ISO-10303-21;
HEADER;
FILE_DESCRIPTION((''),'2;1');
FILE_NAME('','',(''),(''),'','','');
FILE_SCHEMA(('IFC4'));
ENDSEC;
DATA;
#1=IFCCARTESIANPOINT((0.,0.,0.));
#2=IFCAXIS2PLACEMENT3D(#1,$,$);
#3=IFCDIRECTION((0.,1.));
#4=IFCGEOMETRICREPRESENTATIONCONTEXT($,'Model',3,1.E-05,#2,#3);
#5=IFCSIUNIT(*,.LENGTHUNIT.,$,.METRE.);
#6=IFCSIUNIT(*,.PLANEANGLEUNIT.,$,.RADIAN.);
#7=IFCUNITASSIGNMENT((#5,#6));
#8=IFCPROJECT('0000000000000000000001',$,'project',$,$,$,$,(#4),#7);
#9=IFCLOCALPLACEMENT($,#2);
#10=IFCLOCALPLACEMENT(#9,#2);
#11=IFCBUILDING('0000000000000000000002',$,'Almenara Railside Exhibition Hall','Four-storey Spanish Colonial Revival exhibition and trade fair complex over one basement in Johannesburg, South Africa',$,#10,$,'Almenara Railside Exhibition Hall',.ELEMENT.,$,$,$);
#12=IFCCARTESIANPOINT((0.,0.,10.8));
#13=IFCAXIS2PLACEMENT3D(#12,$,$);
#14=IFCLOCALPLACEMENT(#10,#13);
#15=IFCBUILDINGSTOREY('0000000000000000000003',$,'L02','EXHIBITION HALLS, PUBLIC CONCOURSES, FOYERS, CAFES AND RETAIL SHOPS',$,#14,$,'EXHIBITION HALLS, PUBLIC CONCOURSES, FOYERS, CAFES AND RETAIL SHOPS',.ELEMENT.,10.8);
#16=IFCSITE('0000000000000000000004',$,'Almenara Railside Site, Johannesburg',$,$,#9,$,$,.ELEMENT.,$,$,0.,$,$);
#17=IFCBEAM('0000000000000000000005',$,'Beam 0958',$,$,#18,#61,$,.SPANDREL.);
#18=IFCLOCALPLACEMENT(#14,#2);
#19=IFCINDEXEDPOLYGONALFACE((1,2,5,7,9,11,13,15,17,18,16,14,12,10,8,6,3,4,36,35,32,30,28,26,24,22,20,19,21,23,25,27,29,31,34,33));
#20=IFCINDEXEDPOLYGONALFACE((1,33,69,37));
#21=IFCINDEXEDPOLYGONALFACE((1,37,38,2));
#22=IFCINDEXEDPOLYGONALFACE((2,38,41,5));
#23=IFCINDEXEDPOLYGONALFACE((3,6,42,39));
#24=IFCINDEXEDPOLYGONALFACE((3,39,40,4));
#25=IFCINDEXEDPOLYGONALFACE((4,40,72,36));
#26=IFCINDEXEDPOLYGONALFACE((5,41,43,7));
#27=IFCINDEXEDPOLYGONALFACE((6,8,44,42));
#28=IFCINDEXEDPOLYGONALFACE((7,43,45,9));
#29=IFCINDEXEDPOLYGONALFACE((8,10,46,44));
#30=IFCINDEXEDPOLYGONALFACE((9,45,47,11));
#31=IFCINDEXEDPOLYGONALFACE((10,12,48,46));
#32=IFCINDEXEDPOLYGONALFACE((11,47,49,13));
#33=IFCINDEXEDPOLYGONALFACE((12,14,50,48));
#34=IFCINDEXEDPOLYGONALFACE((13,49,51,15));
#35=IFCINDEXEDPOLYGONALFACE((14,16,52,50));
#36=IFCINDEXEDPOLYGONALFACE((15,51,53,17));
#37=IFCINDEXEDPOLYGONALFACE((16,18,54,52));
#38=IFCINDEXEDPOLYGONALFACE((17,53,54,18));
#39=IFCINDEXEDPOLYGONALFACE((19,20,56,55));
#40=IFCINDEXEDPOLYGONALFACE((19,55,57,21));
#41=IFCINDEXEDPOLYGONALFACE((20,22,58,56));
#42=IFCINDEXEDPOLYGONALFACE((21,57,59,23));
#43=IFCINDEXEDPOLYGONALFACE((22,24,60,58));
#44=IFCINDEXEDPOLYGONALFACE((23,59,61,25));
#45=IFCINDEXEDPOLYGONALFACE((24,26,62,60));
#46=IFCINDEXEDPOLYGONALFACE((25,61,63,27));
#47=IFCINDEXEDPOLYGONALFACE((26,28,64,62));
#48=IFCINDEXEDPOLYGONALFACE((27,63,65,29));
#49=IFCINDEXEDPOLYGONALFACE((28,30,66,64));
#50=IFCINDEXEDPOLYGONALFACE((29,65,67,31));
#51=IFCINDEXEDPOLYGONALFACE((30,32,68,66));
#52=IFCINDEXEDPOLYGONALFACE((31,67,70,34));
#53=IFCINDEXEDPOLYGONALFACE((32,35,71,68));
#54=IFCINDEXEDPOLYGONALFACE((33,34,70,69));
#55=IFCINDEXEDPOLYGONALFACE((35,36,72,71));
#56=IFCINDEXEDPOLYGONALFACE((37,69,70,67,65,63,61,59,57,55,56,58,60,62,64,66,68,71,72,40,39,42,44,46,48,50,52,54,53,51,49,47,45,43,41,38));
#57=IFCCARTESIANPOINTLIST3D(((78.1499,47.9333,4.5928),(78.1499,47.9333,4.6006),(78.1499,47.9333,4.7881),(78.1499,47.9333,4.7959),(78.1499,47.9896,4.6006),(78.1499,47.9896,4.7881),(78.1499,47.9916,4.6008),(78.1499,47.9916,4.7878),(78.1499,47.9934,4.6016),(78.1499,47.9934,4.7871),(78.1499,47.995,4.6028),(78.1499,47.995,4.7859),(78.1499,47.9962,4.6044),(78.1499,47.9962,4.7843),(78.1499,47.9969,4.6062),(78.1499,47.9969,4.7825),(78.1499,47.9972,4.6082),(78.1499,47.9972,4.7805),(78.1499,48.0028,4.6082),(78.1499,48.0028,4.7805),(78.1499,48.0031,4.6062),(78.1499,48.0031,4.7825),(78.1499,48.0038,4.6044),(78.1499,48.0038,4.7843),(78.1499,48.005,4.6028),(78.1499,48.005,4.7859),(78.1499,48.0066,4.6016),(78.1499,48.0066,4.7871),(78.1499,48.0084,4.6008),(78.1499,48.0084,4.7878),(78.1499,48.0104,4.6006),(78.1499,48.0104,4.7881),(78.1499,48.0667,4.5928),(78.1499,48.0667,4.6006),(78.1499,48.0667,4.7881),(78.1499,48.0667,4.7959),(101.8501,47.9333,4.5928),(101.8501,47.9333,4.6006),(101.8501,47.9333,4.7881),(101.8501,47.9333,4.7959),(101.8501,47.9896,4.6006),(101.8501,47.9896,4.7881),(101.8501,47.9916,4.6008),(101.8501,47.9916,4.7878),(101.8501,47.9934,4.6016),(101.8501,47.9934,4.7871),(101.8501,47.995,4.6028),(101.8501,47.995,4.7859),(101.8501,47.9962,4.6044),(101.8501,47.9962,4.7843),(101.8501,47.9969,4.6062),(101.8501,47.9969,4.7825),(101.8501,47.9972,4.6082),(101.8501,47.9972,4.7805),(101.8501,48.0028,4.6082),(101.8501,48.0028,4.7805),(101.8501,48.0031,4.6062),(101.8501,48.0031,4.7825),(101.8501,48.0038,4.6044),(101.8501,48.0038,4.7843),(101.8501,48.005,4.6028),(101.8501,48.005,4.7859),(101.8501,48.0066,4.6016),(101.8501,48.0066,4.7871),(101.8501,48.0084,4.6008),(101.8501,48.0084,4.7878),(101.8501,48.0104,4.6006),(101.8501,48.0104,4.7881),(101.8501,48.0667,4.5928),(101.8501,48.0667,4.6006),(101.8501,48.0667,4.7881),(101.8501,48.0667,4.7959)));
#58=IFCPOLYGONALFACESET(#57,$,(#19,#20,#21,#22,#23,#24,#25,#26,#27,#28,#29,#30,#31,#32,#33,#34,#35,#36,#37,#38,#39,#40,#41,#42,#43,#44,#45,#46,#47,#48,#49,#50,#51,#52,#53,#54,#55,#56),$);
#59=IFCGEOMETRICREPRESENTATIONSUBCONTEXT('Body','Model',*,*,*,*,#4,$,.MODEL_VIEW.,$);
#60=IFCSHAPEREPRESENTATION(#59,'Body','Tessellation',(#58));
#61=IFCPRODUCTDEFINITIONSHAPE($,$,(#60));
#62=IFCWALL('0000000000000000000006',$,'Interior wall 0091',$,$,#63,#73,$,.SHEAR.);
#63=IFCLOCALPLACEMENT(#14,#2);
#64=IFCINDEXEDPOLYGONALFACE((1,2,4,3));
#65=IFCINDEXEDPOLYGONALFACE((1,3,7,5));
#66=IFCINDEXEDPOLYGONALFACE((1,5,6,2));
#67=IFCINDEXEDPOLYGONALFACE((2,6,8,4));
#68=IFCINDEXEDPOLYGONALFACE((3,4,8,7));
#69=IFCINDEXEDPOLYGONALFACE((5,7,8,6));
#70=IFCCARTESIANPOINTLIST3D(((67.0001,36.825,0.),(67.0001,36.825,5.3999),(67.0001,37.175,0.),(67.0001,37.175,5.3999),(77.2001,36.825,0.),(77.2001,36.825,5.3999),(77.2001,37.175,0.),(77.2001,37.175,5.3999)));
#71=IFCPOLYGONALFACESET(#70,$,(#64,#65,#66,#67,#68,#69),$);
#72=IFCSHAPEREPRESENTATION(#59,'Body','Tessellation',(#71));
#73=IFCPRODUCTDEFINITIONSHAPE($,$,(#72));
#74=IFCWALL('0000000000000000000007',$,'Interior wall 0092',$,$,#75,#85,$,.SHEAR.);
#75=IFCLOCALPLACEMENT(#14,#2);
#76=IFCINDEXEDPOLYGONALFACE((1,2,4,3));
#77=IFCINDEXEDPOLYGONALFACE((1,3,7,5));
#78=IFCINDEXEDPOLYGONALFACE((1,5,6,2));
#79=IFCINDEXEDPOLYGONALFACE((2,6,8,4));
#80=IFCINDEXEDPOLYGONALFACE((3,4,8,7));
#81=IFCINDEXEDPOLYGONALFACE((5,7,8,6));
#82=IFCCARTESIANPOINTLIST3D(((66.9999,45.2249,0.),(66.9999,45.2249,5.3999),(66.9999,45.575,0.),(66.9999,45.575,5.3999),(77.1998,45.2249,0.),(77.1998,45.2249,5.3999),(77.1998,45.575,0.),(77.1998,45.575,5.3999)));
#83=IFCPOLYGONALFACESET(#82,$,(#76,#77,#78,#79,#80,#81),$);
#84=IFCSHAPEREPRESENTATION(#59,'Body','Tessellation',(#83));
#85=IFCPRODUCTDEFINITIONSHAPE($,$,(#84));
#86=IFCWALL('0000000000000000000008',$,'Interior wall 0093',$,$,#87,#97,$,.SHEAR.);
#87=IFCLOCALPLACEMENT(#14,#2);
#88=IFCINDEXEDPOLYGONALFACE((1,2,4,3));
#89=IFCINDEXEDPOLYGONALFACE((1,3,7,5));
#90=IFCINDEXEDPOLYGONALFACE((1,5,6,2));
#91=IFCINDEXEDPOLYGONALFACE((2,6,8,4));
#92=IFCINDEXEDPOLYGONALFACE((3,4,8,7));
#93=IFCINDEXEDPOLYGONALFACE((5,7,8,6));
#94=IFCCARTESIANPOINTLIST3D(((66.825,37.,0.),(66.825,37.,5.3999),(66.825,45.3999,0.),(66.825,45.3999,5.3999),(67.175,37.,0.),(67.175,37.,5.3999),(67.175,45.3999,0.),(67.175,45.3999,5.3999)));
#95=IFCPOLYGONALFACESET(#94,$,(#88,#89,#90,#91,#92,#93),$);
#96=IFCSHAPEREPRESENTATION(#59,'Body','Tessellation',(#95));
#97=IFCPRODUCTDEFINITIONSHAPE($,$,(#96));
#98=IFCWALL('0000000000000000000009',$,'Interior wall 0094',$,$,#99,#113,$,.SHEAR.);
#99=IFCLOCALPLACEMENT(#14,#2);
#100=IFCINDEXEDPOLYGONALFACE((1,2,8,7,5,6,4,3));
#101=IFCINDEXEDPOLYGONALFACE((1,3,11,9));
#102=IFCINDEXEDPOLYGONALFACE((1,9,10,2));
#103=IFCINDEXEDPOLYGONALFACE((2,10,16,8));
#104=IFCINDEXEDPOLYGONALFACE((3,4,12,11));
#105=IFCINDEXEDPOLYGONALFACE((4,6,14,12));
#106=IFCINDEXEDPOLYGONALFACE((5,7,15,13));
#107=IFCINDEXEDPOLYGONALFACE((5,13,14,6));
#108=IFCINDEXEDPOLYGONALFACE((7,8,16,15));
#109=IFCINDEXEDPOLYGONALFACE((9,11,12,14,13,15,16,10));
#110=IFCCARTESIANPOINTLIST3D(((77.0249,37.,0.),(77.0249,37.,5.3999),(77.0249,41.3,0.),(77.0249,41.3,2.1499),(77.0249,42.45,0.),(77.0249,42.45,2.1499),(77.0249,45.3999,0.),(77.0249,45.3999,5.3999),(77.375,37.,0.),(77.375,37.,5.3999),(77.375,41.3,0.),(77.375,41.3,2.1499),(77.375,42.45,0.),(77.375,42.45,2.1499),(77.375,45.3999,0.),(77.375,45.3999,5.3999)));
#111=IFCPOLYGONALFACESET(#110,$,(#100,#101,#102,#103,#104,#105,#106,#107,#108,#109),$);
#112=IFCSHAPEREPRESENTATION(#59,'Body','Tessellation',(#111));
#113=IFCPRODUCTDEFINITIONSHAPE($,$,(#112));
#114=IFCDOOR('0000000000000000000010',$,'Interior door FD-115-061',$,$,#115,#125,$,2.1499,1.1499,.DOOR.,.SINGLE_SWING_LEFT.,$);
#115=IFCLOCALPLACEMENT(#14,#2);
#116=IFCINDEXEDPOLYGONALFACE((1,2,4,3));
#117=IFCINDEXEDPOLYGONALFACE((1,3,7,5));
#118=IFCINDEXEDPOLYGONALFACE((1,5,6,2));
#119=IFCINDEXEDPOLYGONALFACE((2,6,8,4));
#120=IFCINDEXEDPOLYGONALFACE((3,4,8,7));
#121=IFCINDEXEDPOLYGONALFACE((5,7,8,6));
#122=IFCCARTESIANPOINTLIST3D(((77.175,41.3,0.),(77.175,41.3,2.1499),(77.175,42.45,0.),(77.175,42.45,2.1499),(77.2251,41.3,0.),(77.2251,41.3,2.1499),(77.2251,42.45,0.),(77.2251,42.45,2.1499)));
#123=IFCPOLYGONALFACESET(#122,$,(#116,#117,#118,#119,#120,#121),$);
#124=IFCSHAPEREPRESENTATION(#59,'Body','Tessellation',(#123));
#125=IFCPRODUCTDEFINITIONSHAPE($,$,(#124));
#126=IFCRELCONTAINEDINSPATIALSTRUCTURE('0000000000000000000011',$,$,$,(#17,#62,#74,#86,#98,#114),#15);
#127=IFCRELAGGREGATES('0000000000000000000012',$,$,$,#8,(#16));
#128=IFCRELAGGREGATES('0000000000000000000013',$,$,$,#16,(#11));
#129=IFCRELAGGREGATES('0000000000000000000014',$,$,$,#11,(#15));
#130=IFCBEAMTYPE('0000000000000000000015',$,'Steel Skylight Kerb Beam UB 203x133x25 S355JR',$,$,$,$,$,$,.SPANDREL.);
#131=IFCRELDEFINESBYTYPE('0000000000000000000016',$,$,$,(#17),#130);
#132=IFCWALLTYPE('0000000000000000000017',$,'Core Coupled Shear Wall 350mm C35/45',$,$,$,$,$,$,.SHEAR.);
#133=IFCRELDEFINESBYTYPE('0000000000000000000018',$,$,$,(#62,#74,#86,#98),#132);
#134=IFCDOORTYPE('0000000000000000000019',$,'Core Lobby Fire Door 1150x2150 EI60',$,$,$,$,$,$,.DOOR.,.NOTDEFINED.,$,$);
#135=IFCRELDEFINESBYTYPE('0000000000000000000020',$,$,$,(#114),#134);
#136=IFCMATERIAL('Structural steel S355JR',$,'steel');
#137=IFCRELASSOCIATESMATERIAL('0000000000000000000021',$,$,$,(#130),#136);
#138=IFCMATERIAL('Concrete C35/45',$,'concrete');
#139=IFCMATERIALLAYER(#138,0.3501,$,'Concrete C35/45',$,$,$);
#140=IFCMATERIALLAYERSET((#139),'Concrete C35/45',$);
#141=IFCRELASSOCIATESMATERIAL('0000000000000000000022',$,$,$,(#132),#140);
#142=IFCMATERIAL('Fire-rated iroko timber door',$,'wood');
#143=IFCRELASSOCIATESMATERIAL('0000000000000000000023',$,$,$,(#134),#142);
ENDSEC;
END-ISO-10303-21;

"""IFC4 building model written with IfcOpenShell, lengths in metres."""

from ifc_helpers import new_model, si_unit, direction, frame, frame_2d, origin, origin_2d, place, context, subcontext, project, spatial, rectangle, i_section, extrude, material, layer, layer_set, material_profile, profile_set, type_object, element, fill, save


model = new_model("IFC4")

# Units and contexts
model_context = context("Model", 3, precision=1e-05, world=origin(), true_north=direction((0.0, 1.0)))
body_context = subcontext(model_context, "Body", "Model", "MODEL_VIEW")
ifc_project = project(units=[si_unit("LENGTHUNIT", "METRE"), si_unit("PLANEANGLEUNIT", "RADIAN")], contexts=[model_context])

# Site, building, storey
site_placement = place(None, origin())
site = spatial("IfcSite", under=ifc_project, at=site_placement, Name="Almenara Railside Site, Johannesburg", CompositionType="ELEMENT", RefElevation=0.0)
building_placement = place(site_placement, origin())
building = spatial("IfcBuilding", under=site, at=building_placement, Name="Almenara Railside Exhibition Hall", Description="Four-storey Spanish Colonial Revival exhibition and trade fair complex over one basement in Johannesburg, South Africa", LongName="Almenara Railside Exhibition Hall", CompositionType="ELEMENT")
storey_placement = place(building_placement, frame((0.0, 0.0, 10.8)))
storey = spatial("IfcBuildingStorey", under=building, at=storey_placement, Name="L02", Description="EXHIBITION HALLS, PUBLIC CONCOURSES, FOYERS, CAFES AND RETAIL SHOPS", LongName="EXHIBITION HALLS, PUBLIC CONCOURSES, FOYERS, CAFES AND RETAIL SHOPS", CompositionType="ELEMENT", Elevation=10.8)

# Shared definitions
ifc_material_1 = material(Name="Structural steel S355JR", Category="steel")

# Beam
ifc_material_profile_1 = material_profile(ifc_material_1, i_section(OverallWidth=0.1333, OverallDepth=0.2031, WebThickness=0.0056, FlangeThickness=0.0078, FilletRadius=0.0076, at=origin_2d()), Name="UB 203x133x25")
ifc_profile_set_1 = profile_set([ifc_material_profile_1], Name="Structural steel S355JR")
beam_type_1 = type_object("IfcBeamType", Name="Steel Skylight Kerb Beam UB 203x133x25 S355JR", PredefinedType="SPANDREL", material=ifc_profile_set_1)
beam_1_placement = place(storey_placement, frame((78.1499, 48.0, 4.6943), z_axis=(1.0, 0.0, 0.0), x_axis=(0.0, 1.0, 0.0)))
element("IfcBeam", 1, at=beam_1_placement, inside=storey, type_object=beam_type_1, Name="Beam 0958", PredefinedType="SPANDREL", context=body_context, shape_type="SweptSolid", body=[
    extrude(i_section(OverallWidth=0.1333, OverallDepth=0.2031, WebThickness=0.0056, FlangeThickness=0.0078, FilletRadius=0.0076, at=origin_2d()), origin(), (0.0, 0.0, 1.0), 23.7002),
])

# Walls
ifc_material_2 = material(Name="Concrete C35/45", Category="concrete")
ifc_layer_1 = layer(ifc_material_2, 0.3501, Name="Concrete C35/45")
ifc_layer_set_1 = layer_set([ifc_layer_1], Name="Concrete C35/45")
wall_type_1 = type_object("IfcWallType", Name="Core Coupled Shear Wall 350mm C35/45", PredefinedType="SHEAR", material=ifc_layer_set_1)
for number, where, z_axis, x_axis, name in (
    (2, (67.0, 37.0, 0.0), (0.0, 0.0, 1.0), (1.0, 0.0, 0.0), "Interior wall 0091"),
    (3, (77.2, 45.3999, 0.0), (0.0, 0.0, 1.0), (-1.0, 0.0, 0.0), "Interior wall 0092"),
):
    element("IfcWall", number, at=place(storey_placement, frame(where, z_axis=z_axis, x_axis=x_axis)), inside=storey, type_object=wall_type_1, Name=name, PredefinedType="SHEAR", context=body_context, shape_type="SweptSolid", body=[
        extrude(rectangle(XDim=10.2, YDim=0.3501, at=frame_2d((5.1001, 0.0))), origin(), (0.0, 0.0, 1.0), 5.3999),
    ])
wall_1_placement = place(storey_placement, frame((67.0, 45.3999, 0.0), z_axis=(0.0, 0.0, 1.0), x_axis=(0.0, -1.0, 0.0)))
element("IfcWall", 4, at=wall_1_placement, inside=storey, type_object=wall_type_1, Name="Interior wall 0093", PredefinedType="SHEAR", context=body_context, shape_type="SweptSolid", body=[
    extrude(rectangle(XDim=8.3999, YDim=0.3501, at=frame_2d((4.2, 0.0))), origin(), (0.0, 0.0, 1.0), 5.3999),
])

# Wall, opening, door
wall_2_placement = place(storey_placement, frame((77.2, 37.0, 0.0), z_axis=(0.0, 0.0, 1.0), x_axis=(0.0, 1.0, 0.0)))
wall_2 = element("IfcWall", 5, at=wall_2_placement, inside=storey, type_object=wall_type_1, Name="Interior wall 0094", PredefinedType="SHEAR", context=body_context, shape_type="SweptSolid", body=[
    extrude(rectangle(XDim=8.3999, YDim=0.3501, at=frame_2d((4.2, 0.0))), origin(), (0.0, 0.0, 1.0), 5.3999),
])
opening_1_placement = place(wall_2_placement, frame((4.3, 0.0, 0.0)))
opening_1 = element("IfcOpeningElement", 6, at=opening_1_placement, cuts=wall_2, PredefinedType="OPENING", context=body_context, shape_type="SweptSolid", body=[
    extrude(rectangle(XDim=1.1499, YDim=2.1499, at=frame_2d((0.575, 1.075))), frame((0.0, 0.1851, 0.0), z_axis=(0.0, -1.0, 0.0), x_axis=(1.0, 0.0, 0.0)), (0.0, 0.0, 1.0), 0.3701),
])
ifc_material_3 = material(Name="Fire-rated iroko timber door", Category="wood")
door_type_1 = type_object("IfcDoorType", Name="Core Lobby Fire Door 1150x2150 EI60", OperationType="NOTDEFINED", PredefinedType="DOOR", material=ifc_material_3)
door_1_placement = place(opening_1_placement, origin())
door_1 = element("IfcDoor", 7, at=door_1_placement, inside=storey, type_object=door_type_1, Name="Interior door FD-115-061", OperationType="SINGLE_SWING_LEFT", OverallHeight=2.1499, OverallWidth=1.1499, PredefinedType="DOOR", context=body_context, shape_type="SweptSolid", body=[
    extrude(rectangle(XDim=1.1499, YDim=2.1499, at=frame_2d((0.575, 1.075))), frame((0.0, 0.0249, 0.0), z_axis=(0.0, -1.0, 0.0), x_axis=(1.0, 0.0, 0.0)), (0.0, 0.0, 1.0), 0.05),
])
fill(opening_1, door_1)

save(model, "model.ifc")
